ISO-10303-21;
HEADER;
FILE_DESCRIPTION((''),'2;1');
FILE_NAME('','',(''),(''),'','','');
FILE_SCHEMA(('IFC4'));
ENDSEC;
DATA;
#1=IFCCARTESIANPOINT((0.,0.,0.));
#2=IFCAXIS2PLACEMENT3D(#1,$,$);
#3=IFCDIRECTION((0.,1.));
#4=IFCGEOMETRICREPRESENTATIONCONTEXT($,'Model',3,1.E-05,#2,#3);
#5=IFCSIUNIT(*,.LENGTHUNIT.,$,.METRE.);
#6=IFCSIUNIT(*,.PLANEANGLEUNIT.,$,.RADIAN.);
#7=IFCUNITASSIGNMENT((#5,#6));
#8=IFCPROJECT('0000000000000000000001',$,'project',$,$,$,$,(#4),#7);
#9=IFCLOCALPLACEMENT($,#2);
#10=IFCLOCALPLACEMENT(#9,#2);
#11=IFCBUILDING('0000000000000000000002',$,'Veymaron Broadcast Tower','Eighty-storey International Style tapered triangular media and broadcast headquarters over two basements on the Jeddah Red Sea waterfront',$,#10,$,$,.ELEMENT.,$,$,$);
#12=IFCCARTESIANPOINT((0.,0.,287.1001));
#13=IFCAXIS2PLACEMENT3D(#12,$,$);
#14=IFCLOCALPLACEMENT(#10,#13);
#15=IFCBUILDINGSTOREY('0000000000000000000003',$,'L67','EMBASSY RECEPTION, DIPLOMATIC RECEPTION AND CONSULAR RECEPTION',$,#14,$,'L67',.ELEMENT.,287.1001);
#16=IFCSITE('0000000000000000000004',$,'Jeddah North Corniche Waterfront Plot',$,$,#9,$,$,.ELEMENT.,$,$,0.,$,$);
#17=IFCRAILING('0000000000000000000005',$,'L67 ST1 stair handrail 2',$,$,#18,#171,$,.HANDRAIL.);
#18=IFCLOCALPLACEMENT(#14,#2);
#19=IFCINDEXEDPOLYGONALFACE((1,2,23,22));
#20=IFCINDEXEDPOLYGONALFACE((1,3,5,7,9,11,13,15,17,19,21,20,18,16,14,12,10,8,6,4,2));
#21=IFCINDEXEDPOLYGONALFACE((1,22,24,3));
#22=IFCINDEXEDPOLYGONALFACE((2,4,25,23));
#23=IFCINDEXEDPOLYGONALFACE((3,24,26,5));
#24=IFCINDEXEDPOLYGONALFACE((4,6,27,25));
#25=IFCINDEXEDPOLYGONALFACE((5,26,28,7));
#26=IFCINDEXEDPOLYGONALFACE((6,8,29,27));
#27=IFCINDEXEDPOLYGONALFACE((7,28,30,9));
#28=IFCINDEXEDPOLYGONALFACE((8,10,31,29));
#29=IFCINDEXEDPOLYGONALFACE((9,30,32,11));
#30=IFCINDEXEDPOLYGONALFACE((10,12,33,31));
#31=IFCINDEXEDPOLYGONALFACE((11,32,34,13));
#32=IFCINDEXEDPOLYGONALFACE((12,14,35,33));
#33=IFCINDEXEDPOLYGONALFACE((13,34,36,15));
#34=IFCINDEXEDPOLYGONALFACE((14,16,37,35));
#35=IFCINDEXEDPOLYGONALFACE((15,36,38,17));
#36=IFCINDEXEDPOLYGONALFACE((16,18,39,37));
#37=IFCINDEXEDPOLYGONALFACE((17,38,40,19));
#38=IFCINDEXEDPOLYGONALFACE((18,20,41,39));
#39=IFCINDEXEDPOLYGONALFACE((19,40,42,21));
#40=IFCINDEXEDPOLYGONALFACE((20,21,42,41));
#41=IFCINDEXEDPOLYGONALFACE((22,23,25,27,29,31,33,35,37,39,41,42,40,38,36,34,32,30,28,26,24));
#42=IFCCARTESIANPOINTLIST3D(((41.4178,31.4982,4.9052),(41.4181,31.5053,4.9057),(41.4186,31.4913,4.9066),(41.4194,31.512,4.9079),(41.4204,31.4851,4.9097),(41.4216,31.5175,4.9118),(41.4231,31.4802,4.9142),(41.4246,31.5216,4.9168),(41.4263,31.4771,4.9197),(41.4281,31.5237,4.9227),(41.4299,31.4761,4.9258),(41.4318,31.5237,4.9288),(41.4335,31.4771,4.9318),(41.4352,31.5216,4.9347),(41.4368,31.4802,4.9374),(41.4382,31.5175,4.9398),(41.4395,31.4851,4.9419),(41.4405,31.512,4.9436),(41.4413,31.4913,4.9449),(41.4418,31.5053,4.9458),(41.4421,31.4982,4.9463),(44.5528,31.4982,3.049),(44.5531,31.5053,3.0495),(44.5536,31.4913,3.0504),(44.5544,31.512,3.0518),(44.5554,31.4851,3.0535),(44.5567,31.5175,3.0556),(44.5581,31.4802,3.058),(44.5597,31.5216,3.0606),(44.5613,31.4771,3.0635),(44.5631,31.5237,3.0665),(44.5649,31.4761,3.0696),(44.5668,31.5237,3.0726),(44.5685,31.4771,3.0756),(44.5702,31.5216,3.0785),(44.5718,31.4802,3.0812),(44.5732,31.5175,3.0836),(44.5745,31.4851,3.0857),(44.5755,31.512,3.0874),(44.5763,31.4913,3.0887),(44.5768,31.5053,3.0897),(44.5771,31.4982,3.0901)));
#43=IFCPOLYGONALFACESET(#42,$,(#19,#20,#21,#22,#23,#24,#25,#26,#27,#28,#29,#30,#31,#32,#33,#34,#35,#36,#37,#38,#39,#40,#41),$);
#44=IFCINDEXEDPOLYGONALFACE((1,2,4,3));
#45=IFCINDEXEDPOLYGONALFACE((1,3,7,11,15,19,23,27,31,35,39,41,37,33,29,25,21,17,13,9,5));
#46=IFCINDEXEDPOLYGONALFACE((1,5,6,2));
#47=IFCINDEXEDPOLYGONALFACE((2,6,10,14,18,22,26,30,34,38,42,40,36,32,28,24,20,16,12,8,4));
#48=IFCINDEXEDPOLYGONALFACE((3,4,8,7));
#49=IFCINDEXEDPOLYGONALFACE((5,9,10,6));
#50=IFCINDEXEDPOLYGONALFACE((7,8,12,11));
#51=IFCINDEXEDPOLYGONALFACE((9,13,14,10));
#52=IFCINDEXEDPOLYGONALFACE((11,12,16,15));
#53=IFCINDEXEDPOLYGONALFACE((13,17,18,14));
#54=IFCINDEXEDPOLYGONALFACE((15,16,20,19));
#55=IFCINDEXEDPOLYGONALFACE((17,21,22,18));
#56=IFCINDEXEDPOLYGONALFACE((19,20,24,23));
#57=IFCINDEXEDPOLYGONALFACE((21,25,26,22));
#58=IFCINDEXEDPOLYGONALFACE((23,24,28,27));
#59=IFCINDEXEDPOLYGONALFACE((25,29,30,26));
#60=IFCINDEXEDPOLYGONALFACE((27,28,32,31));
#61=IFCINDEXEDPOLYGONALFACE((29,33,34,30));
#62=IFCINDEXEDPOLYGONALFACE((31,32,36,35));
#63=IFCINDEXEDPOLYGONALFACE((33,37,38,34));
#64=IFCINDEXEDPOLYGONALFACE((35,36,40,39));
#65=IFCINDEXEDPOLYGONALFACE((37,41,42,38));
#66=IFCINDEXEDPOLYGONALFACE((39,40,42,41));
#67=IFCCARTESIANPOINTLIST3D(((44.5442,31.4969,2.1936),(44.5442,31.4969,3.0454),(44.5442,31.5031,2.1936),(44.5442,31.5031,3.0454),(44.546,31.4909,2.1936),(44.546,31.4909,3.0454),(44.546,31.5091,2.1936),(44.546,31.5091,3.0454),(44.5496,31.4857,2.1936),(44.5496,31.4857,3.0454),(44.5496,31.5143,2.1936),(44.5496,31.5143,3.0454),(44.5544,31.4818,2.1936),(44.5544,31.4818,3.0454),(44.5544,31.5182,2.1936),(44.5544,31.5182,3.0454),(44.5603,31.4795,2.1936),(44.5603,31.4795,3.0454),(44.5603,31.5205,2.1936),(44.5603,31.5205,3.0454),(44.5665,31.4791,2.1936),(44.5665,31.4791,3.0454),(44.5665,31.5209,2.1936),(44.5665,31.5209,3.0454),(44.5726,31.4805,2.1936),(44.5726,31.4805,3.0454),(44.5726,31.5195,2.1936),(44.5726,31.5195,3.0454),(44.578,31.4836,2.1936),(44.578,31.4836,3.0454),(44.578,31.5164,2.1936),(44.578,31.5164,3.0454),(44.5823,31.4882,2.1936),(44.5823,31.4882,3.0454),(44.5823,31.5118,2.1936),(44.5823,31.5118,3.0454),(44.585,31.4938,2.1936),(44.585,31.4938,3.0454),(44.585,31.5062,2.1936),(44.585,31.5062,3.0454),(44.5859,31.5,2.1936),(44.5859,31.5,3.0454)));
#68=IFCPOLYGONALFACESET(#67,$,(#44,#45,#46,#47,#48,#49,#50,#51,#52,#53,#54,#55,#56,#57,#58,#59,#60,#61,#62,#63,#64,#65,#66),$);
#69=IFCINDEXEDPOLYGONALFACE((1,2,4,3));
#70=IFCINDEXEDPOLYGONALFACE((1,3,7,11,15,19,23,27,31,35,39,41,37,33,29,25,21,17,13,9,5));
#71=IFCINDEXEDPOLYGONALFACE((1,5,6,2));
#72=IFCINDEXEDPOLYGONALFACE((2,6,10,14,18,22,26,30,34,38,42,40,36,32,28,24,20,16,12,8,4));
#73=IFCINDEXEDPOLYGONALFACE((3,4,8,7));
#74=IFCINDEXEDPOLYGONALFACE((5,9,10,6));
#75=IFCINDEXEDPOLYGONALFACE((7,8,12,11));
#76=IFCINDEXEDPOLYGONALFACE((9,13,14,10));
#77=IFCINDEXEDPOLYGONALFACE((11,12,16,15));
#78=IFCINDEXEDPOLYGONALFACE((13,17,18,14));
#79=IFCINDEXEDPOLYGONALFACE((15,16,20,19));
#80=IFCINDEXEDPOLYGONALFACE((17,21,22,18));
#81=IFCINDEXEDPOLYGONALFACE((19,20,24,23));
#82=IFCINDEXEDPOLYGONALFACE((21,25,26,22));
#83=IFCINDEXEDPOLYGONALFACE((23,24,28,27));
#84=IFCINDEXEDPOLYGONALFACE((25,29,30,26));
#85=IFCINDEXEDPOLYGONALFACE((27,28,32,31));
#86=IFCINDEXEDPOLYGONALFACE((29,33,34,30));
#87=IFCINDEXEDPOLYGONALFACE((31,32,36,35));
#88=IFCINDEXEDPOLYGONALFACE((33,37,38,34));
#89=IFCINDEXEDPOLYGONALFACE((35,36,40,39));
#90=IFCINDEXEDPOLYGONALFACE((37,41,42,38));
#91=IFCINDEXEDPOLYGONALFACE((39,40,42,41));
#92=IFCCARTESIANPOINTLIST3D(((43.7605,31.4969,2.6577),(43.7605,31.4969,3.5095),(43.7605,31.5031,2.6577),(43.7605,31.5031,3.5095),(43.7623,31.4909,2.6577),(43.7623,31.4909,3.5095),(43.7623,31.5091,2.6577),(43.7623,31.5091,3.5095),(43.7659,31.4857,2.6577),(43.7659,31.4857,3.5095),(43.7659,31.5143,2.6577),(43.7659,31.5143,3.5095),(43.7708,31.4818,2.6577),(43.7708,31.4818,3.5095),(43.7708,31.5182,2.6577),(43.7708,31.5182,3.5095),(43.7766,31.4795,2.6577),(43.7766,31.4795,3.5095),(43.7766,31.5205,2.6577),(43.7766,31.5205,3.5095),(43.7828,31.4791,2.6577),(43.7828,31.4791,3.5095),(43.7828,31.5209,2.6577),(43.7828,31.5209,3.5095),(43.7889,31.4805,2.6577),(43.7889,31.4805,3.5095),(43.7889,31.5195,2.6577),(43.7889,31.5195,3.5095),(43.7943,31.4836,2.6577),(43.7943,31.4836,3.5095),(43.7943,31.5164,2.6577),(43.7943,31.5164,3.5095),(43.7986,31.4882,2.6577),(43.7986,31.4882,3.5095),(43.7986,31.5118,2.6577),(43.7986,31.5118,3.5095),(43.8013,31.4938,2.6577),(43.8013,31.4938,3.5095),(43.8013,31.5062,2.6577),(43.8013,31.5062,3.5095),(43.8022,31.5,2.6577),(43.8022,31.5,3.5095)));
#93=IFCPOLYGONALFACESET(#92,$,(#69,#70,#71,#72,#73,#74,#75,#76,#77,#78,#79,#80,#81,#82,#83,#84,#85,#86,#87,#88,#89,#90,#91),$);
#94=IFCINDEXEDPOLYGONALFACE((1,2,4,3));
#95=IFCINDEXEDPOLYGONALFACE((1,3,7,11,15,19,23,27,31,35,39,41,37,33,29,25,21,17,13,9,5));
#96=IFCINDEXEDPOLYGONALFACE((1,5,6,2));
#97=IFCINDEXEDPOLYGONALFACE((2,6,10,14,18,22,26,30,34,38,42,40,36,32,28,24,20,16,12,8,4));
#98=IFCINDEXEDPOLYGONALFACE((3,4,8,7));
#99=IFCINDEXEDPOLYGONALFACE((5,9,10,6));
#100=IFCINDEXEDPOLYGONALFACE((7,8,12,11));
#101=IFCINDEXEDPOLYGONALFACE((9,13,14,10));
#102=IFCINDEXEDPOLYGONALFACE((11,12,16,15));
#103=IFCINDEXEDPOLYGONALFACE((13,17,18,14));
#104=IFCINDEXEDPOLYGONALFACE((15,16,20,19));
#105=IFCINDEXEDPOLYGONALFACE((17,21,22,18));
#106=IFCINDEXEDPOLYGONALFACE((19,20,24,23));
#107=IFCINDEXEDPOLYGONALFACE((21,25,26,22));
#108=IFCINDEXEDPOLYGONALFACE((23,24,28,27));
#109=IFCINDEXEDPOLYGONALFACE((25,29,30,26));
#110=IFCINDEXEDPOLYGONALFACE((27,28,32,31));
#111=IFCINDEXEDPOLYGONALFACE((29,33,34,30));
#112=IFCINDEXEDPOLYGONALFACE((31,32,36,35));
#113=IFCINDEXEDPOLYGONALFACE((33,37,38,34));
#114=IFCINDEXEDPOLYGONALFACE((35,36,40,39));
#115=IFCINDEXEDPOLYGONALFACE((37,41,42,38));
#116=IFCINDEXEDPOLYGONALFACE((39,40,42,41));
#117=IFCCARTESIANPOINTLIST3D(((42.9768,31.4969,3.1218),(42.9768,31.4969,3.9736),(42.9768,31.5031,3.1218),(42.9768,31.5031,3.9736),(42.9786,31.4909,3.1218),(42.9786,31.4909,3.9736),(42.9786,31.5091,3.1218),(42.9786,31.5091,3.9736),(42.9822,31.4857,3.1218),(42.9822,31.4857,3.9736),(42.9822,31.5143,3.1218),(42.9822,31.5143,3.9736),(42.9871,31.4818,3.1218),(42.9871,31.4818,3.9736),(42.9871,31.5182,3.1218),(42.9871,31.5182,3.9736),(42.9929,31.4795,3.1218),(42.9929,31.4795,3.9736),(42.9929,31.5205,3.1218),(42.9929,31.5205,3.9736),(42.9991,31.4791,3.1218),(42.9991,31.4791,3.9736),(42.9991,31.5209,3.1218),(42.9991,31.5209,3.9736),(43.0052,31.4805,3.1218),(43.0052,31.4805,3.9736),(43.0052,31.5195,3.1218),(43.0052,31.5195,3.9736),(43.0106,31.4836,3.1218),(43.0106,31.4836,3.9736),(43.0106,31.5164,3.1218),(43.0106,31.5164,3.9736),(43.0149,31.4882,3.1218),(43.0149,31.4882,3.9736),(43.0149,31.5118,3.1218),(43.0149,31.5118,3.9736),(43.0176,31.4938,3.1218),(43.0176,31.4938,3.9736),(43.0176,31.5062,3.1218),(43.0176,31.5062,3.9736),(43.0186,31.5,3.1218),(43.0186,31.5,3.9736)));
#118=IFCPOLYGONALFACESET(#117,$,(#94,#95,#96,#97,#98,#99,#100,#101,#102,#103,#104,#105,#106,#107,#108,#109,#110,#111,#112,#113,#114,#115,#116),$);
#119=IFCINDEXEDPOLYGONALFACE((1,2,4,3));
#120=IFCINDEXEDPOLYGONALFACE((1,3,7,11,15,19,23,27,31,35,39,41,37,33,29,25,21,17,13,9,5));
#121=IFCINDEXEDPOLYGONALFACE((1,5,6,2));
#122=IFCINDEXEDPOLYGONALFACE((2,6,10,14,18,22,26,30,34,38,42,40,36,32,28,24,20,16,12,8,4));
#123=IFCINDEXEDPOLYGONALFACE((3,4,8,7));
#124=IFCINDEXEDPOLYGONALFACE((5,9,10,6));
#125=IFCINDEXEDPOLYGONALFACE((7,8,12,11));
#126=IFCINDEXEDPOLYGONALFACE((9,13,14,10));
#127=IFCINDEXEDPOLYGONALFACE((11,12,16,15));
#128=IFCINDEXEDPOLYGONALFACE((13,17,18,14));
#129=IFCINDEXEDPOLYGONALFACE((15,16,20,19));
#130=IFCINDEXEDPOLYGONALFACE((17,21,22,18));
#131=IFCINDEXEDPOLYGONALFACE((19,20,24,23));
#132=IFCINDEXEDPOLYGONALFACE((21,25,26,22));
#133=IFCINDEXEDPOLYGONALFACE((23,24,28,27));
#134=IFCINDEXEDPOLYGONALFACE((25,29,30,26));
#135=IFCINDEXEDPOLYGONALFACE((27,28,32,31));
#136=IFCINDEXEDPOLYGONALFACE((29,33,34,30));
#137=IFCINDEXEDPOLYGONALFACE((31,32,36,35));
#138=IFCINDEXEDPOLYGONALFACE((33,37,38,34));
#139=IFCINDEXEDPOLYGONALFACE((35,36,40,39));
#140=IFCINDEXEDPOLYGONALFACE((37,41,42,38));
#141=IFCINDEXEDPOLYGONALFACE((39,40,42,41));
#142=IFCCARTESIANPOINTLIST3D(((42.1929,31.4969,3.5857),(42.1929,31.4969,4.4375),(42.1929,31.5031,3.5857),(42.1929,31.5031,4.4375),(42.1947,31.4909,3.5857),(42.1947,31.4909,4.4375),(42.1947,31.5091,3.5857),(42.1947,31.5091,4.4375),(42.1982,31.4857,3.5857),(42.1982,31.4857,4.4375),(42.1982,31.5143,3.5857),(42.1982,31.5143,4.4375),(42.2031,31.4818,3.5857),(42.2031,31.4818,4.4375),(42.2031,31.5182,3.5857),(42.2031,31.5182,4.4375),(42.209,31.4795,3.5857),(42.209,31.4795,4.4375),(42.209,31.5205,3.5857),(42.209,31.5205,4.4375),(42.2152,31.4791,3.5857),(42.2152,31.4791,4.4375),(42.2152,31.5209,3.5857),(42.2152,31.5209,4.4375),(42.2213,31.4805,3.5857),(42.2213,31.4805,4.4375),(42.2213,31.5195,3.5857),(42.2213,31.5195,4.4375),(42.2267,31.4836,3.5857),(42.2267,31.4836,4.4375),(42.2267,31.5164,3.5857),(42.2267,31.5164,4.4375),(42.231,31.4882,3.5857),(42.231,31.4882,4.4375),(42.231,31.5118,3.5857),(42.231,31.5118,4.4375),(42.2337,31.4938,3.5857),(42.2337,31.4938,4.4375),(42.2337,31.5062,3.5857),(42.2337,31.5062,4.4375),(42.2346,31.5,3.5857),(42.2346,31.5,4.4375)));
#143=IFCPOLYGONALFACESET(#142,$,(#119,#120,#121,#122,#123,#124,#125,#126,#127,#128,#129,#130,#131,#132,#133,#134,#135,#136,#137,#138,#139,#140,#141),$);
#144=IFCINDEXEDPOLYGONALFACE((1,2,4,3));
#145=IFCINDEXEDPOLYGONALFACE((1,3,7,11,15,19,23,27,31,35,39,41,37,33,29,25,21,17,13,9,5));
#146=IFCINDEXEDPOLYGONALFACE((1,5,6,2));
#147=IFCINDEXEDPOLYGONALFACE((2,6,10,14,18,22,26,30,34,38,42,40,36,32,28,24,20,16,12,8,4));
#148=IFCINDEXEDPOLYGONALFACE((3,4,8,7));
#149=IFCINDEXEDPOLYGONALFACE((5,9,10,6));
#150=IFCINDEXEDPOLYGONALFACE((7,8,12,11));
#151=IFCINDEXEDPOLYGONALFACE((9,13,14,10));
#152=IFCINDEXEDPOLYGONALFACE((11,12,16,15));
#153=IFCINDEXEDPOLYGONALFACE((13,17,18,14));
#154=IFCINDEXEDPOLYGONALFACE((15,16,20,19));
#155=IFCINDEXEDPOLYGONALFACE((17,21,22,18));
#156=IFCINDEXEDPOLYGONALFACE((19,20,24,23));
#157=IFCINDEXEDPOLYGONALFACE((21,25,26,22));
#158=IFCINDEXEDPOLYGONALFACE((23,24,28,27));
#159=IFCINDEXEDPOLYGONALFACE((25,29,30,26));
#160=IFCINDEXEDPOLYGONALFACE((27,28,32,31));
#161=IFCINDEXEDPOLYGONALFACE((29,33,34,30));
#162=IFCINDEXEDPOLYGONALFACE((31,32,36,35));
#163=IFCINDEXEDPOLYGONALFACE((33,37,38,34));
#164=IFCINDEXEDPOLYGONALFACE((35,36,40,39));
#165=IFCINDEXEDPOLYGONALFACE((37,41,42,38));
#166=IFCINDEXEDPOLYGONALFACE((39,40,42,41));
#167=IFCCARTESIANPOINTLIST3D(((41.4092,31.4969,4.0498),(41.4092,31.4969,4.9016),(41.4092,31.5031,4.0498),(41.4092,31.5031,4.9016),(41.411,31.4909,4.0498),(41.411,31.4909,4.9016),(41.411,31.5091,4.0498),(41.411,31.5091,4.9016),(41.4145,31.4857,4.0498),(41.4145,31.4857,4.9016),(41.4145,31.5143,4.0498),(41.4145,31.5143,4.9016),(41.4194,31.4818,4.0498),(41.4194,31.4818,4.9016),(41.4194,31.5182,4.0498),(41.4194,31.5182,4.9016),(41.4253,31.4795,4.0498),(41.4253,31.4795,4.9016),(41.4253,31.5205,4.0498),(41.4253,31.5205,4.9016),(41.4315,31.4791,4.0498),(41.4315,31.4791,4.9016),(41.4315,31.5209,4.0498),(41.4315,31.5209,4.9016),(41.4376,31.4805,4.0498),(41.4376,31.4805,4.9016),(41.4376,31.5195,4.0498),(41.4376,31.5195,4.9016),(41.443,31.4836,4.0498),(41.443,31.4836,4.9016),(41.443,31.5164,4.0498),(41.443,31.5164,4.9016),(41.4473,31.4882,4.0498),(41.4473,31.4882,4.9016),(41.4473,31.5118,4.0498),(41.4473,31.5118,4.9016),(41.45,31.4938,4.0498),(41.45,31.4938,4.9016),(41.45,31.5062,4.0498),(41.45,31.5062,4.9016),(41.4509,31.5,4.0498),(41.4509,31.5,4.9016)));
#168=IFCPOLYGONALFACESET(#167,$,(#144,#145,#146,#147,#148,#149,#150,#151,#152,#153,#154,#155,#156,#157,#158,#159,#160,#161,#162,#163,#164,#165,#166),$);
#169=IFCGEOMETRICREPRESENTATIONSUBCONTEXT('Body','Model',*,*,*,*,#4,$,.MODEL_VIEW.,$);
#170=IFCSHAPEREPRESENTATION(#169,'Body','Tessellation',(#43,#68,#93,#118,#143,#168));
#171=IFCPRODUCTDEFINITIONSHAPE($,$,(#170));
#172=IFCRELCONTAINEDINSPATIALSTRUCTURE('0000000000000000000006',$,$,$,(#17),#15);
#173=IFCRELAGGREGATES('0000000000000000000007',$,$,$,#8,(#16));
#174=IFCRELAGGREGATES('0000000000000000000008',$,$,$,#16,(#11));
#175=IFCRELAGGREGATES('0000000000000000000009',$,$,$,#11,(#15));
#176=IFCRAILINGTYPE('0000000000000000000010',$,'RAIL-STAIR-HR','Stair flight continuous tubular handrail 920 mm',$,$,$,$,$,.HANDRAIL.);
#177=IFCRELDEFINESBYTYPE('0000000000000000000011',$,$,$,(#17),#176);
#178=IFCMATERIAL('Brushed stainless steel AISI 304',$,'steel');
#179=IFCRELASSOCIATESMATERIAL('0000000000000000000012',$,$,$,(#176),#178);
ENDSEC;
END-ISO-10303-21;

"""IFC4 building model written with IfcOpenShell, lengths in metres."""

from ifc_helpers import new_model, si_unit, direction, frame, origin, origin_2d, place, context, subcontext, project, spatial, circle, extrude, material, type_object, element, save


model = new_model("IFC4")

# Units and contexts
model_context = context("Model", 3, precision=1e-05, world=origin(), true_north=direction((0.0, 1.0)))
body_context = subcontext(model_context, "Body", "Model", "MODEL_VIEW")
ifc_project = project(units=[si_unit("LENGTHUNIT", "METRE"), si_unit("PLANEANGLEUNIT", "RADIAN")], contexts=[model_context])

# Site, building, storey
site_placement = place(None, origin())
site = spatial("IfcSite", under=ifc_project, at=site_placement, Name="Jeddah North Corniche Waterfront Plot", CompositionType="ELEMENT", RefElevation=0.0)
building_placement = place(site_placement, origin())
building = spatial("IfcBuilding", under=site, at=building_placement, Name="Veymaron Broadcast Tower", Description="Eighty-storey International Style tapered triangular media and broadcast headquarters over two basements on the Jeddah Red Sea waterfront", CompositionType="ELEMENT")
storey_placement = place(building_placement, frame((0.0, 0.0, 287.1001)))
storey = spatial("IfcBuildingStorey", under=building, at=storey_placement, Name="L67", Description="EMBASSY RECEPTION, DIPLOMATIC RECEPTION AND CONSULAR RECEPTION", LongName="L67", CompositionType="ELEMENT", Elevation=287.1001)

# Shared definitions
ifc_material_1 = material(Name="Brushed stainless steel AISI 304", Category="steel")

# Railing
railing_type_1 = type_object("IfcRailingType", Name="RAIL-STAIR-HR", Description="Stair flight continuous tubular handrail 920 mm", PredefinedType="HANDRAIL", material=ifc_material_1)
railing_1_placement = place(storey_placement, frame((44.5649, 31.5, 2.1936)))
element("IfcRailing", 1, at=railing_1_placement, inside=storey, type_object=railing_type_1, Name="L67 ST1 stair handrail 2", PredefinedType="HANDRAIL", context=body_context, shape_type="SweptSolid", body=[
    extrude(circle(Radius=0.0239, at=origin_2d()), frame((0.0, 0.0, 0.876), z_axis=(-0.860482, 0.0, 0.509481), x_axis=(0.0, -1.0, 0.0)), (0.0, 0.0, 1.0), 3.6433),
    extrude(circle(Radius=0.021, at=origin_2d()), origin(), (0.0, 0.0, 1.0), 0.8518),
    extrude(circle(Radius=0.021, at=origin_2d()), frame((-0.7837, 0.0, 0.4641)), (0.0, 0.0, 1.0), 0.8518),
    extrude(circle(Radius=0.021, at=origin_2d()), frame((-1.5674, 0.0, 0.9282)), (0.0, 0.0, 1.0), 0.8518),
    extrude(circle(Radius=0.021, at=origin_2d()), frame((-2.3513, 0.0, 1.3921)), (0.0, 0.0, 1.0), 0.8518),
    extrude(circle(Radius=0.021, at=origin_2d()), frame((-3.135, 0.0, 1.8562)), (0.0, 0.0, 1.0), 0.8518),
])

save(model, "model.ifc")
